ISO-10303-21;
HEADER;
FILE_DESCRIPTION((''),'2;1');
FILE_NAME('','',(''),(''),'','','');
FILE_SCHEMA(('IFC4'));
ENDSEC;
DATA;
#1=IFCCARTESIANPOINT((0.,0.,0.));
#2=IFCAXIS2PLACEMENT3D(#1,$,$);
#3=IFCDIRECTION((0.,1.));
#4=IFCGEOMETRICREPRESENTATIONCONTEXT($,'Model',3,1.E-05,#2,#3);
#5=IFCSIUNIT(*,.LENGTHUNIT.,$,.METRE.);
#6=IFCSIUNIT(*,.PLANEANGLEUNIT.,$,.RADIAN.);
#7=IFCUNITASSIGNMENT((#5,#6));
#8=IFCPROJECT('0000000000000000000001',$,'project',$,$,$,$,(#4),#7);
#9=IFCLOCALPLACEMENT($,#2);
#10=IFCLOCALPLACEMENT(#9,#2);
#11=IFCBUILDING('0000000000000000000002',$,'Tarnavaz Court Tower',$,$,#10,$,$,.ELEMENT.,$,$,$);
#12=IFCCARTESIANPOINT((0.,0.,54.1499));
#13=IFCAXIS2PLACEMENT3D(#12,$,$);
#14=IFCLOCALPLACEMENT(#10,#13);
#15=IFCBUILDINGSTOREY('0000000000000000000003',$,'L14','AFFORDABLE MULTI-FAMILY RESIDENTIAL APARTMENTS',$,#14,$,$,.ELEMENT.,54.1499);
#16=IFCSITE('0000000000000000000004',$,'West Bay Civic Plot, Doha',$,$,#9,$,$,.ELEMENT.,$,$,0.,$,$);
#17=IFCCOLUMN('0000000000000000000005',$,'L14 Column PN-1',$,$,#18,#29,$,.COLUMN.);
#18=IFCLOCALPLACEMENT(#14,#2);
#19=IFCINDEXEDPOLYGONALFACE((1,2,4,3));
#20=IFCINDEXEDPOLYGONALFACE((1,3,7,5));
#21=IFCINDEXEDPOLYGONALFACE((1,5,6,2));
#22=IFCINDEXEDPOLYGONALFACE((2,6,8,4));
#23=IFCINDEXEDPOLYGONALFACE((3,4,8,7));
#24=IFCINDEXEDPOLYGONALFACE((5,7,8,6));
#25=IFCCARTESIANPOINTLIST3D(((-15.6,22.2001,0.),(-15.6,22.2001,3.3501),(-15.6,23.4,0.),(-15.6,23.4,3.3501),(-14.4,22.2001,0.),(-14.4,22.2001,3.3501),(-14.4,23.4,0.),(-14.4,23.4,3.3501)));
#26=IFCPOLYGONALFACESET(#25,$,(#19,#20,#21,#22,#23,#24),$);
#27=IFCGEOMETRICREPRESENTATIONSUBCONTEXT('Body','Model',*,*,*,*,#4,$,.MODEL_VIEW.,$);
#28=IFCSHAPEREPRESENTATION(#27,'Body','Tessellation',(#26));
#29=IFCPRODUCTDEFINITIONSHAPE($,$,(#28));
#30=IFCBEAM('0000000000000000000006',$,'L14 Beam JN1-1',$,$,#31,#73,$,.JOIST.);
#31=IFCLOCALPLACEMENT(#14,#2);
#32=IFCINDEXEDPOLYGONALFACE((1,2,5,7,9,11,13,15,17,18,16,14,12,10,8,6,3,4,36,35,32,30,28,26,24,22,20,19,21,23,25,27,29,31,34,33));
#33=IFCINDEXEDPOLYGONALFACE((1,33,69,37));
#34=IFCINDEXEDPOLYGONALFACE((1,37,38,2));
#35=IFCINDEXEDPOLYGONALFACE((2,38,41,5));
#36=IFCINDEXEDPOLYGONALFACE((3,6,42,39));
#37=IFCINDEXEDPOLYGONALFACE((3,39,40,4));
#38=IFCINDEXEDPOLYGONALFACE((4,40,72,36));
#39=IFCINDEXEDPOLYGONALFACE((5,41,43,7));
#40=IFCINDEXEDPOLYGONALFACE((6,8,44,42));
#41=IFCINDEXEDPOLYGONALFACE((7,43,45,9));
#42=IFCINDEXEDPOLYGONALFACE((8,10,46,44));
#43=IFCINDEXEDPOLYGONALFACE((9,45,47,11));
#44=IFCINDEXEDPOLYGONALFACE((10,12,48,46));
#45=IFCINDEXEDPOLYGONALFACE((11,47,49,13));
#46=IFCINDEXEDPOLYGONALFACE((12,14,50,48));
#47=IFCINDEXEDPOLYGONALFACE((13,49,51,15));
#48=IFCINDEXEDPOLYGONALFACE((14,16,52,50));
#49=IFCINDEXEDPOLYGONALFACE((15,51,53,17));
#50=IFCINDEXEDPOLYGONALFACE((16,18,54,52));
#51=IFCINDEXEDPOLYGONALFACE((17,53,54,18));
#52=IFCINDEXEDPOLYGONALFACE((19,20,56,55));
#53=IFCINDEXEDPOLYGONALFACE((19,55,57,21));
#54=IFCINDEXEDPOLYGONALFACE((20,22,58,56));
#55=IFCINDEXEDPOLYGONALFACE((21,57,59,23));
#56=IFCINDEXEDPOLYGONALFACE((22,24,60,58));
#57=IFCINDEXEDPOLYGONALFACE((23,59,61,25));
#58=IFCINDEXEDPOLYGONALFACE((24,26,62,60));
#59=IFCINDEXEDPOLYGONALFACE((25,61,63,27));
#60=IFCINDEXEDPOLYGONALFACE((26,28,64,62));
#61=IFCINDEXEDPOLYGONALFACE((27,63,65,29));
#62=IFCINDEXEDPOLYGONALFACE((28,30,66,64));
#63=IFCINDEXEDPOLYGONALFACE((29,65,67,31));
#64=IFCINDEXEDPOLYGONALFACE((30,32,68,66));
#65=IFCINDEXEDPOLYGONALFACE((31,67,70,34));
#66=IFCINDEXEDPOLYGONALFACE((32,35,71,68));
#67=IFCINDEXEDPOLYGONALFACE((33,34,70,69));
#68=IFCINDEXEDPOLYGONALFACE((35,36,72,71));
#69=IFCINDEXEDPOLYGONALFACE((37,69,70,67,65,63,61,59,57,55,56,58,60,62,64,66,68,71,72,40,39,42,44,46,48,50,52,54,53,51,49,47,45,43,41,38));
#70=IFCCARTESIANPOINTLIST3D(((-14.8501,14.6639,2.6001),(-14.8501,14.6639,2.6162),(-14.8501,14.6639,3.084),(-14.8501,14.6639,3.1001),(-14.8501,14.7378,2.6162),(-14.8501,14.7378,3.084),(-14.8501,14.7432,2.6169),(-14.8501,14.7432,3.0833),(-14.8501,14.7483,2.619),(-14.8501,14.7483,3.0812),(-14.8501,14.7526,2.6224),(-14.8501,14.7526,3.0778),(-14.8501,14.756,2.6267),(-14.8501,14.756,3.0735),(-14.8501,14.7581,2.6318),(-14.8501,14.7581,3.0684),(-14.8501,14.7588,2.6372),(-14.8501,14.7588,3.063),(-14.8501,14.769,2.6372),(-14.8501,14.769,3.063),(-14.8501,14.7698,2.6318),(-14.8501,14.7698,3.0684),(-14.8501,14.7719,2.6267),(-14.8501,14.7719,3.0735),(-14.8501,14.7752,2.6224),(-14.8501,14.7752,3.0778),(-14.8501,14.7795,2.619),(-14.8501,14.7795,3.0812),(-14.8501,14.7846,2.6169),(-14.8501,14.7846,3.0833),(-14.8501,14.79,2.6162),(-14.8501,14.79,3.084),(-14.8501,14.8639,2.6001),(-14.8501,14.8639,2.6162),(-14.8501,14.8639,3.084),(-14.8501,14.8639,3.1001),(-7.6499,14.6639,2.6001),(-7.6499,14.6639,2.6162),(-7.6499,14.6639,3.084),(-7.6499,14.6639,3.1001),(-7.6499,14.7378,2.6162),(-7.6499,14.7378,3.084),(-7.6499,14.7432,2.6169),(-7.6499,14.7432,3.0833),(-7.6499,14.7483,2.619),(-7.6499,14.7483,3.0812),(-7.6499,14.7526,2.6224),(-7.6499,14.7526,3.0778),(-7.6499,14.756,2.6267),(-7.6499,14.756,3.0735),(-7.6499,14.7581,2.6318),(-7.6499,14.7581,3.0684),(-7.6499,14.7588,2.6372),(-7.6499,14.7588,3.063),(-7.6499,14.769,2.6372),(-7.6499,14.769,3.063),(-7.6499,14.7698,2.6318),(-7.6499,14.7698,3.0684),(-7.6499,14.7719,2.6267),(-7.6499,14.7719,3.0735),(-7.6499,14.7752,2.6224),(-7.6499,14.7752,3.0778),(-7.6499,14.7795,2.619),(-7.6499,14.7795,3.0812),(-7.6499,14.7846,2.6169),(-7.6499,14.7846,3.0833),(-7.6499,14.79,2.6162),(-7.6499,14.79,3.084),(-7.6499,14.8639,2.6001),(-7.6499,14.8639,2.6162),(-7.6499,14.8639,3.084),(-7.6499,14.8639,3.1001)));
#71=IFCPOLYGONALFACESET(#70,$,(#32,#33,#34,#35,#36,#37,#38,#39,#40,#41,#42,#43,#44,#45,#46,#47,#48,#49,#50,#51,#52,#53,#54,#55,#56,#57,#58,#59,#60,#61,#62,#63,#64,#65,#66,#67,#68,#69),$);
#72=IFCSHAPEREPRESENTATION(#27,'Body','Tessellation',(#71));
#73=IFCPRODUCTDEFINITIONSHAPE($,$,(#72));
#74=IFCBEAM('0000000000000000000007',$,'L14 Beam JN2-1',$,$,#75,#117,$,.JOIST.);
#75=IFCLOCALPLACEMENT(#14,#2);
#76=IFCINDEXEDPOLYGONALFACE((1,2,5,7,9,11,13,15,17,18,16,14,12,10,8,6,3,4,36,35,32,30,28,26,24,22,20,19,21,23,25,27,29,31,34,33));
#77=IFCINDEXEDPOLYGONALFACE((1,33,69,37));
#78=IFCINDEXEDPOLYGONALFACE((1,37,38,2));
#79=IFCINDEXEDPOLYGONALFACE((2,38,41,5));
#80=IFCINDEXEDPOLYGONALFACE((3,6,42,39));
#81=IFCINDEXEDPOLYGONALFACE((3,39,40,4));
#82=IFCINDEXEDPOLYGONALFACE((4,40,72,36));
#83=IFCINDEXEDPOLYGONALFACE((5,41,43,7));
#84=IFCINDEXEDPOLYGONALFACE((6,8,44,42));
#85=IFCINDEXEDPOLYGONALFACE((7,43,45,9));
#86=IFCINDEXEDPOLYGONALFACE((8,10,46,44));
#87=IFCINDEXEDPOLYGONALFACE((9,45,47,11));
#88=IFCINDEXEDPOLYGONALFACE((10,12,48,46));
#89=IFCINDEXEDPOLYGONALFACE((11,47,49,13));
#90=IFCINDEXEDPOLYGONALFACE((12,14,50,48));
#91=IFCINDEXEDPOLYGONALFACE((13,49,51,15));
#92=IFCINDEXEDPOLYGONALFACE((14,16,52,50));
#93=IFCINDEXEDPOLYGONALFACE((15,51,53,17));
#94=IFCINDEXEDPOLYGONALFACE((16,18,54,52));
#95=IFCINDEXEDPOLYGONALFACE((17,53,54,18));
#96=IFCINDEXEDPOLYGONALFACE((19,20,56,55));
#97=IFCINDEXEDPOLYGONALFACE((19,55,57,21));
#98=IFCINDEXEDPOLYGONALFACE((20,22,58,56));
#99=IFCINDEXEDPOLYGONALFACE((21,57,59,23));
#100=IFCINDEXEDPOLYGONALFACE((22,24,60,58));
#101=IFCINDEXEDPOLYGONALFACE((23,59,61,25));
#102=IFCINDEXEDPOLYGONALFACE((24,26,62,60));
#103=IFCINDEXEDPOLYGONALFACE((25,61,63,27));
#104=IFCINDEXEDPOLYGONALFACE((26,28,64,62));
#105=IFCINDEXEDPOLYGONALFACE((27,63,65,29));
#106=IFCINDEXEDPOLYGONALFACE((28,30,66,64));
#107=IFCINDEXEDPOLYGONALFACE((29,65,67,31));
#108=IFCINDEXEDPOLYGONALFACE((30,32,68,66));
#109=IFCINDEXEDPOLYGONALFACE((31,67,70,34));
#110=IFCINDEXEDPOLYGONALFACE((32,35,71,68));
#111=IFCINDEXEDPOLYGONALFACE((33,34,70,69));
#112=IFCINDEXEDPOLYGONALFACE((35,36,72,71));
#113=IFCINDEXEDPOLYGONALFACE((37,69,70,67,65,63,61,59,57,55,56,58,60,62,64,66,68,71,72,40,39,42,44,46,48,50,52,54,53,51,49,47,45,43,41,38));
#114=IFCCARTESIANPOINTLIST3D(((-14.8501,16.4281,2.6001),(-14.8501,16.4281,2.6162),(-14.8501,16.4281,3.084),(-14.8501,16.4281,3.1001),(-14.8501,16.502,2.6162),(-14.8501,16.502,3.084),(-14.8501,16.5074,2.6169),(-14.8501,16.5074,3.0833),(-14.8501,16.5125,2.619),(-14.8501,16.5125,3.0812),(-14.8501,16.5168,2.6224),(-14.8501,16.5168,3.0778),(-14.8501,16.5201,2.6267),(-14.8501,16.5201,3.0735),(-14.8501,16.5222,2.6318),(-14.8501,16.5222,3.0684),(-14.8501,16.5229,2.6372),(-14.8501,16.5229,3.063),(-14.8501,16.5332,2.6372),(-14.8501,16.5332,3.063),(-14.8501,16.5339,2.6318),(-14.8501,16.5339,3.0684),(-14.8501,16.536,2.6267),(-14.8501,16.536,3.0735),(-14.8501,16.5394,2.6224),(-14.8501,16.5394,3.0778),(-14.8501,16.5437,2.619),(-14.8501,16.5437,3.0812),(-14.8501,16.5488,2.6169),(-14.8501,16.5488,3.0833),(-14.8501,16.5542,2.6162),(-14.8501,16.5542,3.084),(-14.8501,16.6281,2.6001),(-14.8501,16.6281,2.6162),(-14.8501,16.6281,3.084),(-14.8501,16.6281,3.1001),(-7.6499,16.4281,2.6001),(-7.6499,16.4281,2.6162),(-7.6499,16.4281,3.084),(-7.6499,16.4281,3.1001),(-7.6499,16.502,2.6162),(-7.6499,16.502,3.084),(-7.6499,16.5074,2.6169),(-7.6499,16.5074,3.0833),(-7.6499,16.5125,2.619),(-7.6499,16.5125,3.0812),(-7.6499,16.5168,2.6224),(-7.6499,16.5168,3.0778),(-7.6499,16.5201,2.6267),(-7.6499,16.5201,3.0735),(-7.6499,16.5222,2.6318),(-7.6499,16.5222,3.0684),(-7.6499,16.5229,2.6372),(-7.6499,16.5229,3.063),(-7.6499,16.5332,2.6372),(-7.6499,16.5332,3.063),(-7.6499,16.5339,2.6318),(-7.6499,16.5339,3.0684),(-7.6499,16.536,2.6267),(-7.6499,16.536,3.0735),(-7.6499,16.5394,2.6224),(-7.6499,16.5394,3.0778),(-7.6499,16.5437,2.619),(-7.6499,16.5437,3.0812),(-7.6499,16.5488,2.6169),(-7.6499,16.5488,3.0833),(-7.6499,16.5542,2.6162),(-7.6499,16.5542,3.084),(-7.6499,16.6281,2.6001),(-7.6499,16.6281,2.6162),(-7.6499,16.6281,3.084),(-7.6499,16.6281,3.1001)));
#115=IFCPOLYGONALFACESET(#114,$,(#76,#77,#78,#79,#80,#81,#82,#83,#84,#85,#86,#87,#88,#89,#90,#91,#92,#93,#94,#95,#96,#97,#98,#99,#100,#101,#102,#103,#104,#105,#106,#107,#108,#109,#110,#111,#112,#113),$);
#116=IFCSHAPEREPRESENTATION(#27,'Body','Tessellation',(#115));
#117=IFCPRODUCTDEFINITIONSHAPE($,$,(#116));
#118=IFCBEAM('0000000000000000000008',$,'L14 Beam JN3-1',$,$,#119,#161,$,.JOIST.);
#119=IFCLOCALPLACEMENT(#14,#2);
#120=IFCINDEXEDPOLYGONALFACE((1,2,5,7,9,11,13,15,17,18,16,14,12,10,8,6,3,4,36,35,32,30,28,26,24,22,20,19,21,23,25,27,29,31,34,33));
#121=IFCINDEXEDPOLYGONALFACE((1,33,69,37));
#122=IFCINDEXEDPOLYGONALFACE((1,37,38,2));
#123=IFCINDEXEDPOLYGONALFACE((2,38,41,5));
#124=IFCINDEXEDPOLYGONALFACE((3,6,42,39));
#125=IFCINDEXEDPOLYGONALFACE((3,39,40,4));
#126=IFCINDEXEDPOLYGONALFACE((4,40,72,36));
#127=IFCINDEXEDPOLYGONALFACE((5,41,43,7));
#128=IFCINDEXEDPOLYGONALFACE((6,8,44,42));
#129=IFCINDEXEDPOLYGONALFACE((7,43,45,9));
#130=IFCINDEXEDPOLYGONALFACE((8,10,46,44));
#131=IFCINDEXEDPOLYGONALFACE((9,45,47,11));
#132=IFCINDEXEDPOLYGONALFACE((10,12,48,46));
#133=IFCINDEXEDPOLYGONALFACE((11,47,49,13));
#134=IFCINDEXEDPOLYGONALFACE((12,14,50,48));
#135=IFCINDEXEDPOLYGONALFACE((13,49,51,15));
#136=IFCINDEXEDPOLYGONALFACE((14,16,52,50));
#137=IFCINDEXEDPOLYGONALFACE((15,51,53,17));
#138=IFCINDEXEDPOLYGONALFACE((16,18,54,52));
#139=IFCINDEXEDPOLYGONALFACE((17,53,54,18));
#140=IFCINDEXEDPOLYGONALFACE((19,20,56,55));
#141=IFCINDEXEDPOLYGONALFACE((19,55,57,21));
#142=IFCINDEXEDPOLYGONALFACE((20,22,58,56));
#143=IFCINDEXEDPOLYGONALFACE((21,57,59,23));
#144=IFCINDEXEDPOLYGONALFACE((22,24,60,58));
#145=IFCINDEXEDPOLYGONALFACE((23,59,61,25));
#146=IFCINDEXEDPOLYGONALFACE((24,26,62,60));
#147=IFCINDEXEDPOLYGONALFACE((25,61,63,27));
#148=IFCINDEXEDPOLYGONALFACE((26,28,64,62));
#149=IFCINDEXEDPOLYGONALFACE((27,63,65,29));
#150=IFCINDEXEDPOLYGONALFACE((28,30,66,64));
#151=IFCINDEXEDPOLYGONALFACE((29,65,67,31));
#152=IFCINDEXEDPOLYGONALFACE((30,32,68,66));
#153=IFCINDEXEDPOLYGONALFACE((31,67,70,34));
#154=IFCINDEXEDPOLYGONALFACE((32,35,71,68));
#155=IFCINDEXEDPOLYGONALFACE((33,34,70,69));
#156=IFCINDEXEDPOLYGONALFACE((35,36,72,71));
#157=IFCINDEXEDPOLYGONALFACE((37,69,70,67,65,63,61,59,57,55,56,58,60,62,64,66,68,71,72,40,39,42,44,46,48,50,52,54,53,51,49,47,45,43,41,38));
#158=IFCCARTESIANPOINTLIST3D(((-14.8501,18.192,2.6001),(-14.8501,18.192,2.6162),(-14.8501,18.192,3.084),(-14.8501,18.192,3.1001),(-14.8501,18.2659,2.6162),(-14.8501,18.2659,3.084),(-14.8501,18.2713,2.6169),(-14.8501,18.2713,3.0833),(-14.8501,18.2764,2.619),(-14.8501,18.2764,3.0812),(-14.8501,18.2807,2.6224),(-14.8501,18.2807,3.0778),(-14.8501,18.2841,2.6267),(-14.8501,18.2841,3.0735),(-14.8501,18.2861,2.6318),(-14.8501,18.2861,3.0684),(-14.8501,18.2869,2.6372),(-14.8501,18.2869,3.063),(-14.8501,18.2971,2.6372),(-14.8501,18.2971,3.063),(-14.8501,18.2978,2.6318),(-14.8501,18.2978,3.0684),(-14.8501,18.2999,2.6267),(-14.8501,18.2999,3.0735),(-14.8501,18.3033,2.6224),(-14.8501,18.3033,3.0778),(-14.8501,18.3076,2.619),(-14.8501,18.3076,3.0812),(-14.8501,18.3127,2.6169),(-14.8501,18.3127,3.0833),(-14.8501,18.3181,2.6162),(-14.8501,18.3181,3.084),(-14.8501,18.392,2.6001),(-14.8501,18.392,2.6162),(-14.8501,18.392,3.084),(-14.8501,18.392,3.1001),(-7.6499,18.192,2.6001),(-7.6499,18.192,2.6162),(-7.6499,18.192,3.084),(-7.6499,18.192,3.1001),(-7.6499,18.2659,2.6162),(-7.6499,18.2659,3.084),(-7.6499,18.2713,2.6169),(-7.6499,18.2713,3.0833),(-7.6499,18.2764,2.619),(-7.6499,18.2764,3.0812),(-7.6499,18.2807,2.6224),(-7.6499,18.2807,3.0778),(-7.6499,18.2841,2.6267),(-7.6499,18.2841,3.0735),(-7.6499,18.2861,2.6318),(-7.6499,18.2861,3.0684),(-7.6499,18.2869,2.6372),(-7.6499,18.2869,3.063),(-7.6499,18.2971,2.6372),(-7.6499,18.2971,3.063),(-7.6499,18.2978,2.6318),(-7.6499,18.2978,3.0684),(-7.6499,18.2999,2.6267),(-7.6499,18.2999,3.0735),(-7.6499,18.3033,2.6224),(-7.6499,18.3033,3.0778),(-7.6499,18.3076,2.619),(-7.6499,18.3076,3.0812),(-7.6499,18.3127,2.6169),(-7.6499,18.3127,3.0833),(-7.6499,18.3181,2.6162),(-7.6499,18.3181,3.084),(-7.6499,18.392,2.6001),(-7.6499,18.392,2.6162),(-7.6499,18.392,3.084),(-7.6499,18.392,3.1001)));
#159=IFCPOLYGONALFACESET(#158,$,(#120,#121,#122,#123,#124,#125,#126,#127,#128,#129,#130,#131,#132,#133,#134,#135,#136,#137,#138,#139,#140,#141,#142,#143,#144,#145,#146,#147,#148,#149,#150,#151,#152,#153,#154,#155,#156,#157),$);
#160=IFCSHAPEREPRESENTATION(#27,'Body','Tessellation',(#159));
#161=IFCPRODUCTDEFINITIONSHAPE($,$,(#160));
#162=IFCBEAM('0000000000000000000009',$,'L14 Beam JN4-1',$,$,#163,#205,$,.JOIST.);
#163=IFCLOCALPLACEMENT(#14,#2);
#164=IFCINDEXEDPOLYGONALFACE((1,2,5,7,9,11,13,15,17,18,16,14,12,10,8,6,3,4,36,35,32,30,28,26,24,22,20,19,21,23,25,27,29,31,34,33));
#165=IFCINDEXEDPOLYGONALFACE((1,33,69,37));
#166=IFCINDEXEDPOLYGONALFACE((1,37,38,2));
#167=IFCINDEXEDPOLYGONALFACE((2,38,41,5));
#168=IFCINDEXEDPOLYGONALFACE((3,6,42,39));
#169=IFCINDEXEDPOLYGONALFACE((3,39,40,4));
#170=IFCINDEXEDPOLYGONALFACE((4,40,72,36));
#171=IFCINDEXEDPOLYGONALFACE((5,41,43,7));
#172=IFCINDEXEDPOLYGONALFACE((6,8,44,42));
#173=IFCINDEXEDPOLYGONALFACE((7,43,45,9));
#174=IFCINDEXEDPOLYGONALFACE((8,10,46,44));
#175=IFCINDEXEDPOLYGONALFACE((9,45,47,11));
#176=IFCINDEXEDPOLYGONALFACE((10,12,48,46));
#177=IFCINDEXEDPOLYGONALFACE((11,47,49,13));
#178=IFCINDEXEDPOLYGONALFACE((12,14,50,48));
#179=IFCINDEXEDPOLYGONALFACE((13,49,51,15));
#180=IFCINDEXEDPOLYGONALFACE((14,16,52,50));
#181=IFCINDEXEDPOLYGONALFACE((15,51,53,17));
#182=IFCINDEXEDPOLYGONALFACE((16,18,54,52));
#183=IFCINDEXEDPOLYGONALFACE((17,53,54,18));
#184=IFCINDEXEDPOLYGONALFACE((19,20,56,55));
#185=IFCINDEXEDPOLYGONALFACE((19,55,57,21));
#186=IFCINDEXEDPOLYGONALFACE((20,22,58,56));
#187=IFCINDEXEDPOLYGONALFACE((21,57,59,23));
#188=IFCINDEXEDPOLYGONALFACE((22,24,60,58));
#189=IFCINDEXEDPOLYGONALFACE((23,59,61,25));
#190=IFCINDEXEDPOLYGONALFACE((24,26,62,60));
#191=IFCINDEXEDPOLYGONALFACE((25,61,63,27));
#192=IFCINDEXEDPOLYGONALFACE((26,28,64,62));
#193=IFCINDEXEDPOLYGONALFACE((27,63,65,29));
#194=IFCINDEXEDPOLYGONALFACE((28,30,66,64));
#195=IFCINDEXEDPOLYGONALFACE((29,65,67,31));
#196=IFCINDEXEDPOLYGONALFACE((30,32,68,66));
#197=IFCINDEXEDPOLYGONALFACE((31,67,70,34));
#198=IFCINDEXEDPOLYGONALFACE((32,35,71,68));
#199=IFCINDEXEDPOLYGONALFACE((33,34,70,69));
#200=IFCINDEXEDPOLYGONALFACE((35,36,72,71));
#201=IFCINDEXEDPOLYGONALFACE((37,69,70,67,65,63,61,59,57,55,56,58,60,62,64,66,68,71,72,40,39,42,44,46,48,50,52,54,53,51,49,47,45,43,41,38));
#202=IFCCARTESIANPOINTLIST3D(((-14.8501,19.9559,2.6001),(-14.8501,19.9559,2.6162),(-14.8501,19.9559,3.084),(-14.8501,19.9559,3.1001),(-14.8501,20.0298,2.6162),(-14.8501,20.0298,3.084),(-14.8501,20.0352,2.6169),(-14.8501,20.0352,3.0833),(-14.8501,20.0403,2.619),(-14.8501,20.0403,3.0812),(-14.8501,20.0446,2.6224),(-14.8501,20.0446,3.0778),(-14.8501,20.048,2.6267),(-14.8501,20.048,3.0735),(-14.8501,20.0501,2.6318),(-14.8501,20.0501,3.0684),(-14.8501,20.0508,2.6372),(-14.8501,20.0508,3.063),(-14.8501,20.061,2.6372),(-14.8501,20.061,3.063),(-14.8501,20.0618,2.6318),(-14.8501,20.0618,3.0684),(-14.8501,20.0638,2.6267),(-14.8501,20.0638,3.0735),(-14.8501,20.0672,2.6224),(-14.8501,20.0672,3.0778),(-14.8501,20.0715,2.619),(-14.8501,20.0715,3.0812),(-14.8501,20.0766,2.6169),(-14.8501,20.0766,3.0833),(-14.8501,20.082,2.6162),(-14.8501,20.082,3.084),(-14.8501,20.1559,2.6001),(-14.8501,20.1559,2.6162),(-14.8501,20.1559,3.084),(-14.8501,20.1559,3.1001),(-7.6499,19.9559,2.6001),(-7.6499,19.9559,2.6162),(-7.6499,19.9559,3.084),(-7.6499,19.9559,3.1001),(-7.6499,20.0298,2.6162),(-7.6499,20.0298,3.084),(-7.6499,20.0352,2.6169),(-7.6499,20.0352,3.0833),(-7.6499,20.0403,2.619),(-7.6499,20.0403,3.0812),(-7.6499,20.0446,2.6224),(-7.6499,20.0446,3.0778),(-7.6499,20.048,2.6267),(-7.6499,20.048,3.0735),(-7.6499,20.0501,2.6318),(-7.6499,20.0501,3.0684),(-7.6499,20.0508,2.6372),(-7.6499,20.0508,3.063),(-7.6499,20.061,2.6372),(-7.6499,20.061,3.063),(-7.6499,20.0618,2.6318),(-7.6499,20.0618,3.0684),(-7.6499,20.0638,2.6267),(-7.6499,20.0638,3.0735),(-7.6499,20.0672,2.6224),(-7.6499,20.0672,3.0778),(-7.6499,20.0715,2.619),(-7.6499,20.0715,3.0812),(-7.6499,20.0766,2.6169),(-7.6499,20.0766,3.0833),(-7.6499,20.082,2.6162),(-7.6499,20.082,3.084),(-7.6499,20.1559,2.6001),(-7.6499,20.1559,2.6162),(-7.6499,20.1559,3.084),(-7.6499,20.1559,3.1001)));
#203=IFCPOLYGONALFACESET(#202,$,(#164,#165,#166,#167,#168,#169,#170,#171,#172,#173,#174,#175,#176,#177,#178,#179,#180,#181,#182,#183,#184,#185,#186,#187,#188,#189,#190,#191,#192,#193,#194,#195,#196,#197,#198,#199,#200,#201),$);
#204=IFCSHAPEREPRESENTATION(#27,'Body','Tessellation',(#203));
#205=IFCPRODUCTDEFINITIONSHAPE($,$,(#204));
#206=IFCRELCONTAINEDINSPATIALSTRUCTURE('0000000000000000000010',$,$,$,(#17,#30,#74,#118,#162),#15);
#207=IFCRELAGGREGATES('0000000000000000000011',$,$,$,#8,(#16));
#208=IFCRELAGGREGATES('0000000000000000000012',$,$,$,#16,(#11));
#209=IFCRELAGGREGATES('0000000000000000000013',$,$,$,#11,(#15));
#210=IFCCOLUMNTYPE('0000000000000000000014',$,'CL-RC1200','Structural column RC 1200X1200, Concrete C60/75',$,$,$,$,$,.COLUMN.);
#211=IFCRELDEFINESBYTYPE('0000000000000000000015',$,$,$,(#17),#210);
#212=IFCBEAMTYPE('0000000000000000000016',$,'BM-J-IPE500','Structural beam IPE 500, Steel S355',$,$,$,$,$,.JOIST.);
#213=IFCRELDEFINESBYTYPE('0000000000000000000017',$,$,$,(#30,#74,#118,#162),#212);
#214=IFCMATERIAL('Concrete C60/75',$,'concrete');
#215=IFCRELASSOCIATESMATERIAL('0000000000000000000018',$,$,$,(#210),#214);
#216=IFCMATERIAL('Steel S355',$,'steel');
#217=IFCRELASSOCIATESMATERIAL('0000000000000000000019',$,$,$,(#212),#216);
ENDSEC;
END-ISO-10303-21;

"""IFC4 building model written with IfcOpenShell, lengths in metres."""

from ifc_helpers import new_model, si_unit, direction, frame, origin, origin_2d, place, context, subcontext, project, spatial, rectangle, i_section, extrude, material, material_profile, profile_set, type_object, element, save


model = new_model("IFC4")

# Units and contexts
model_context = context("Model", 3, precision=1e-05, world=origin(), true_north=direction((0.0, 1.0)))
body_context = subcontext(model_context, "Body", "Model", "MODEL_VIEW")
ifc_project = project(units=[si_unit("LENGTHUNIT", "METRE"), si_unit("PLANEANGLEUNIT", "RADIAN")], contexts=[model_context])

# Site, building, storey
site_placement = place(None, origin())
site = spatial("IfcSite", under=ifc_project, at=site_placement, Name="West Bay Civic Plot, Doha", CompositionType="ELEMENT", RefElevation=0.0)
building_placement = place(site_placement, origin())
building = spatial("IfcBuilding", under=site, at=building_placement, Name="Tarnavaz Court Tower", CompositionType="ELEMENT")
storey_placement = place(building_placement, frame((0.0, 0.0, 54.1499)))
storey = spatial("IfcBuildingStorey", under=building, at=storey_placement, Name="L14", Description="AFFORDABLE MULTI-FAMILY RESIDENTIAL APARTMENTS", CompositionType="ELEMENT", Elevation=54.1499)

# Column
ifc_material_1 = material(Name="Concrete C60/75", Category="concrete")
ifc_material_profile_1 = material_profile(ifc_material_1, rectangle(XDim=1.2, YDim=1.2, at=origin_2d()), Name="RC 1200X1200")
ifc_profile_set_1 = profile_set([ifc_material_profile_1], Name="Concrete C60/75")
column_type = type_object("IfcColumnType", Name="CL-RC1200", Description="Structural column RC 1200X1200, Concrete C60/75", PredefinedType="COLUMN", material=ifc_profile_set_1)
column_placement = place(storey_placement, frame((-15.0, 22.8, 0.0), z_axis=(0.0, 0.0, 1.0), x_axis=(1.0, 0.0, 0.0)))
element("IfcColumn", 1, at=column_placement, inside=storey, type_object=column_type, Name="L14 Column PN-1", PredefinedType="COLUMN", context=body_context, shape_type="SweptSolid", body=[
    extrude(rectangle(XDim=1.2, YDim=1.2, at=origin_2d()), origin(), (0.0, 0.0, 1.0), 3.3501),
])

# Beams
ifc_material_2 = material(Name="Steel S355", Category="steel")
ifc_material_profile_2 = material_profile(ifc_material_2, i_section(OverallWidth=0.2, OverallDepth=0.5, WebThickness=0.0103, FlangeThickness=0.0161, FilletRadius=0.021, at=origin_2d()), Name="IPE 500")
ifc_profile_set_2 = profile_set([ifc_material_profile_2], Name="Steel S355")
beam_type_1 = type_object("IfcBeamType", Name="BM-J-IPE500", Description="Structural beam IPE 500, Steel S355", PredefinedType="JOIST", material=ifc_profile_set_2)
for number, where, z_axis, x_axis, name in (
    (2, (-14.8501, 14.7639, 2.8501), (1.0, 0.0, 0.0), (0.0, 1.0, 0.0), "L14 Beam JN1-1"),
    (3, (-14.8501, 16.5281, 2.8501), (1.0, 0.0, 0.0), (0.0, 1.0, 0.0), "L14 Beam JN2-1"),
    (4, (-14.8501, 18.292, 2.8501), (1.0, 0.0, 0.0), (0.0, 1.0, 0.0), "L14 Beam JN3-1"),
    (5, (-14.8501, 20.0559, 2.8501), (1.0, 0.0, 0.0), (0.0, 1.0, 0.0), "L14 Beam JN4-1"),
):
    element("IfcBeam", number, at=place(storey_placement, frame(where, z_axis=z_axis, x_axis=x_axis)), inside=storey, type_object=beam_type_1, Name=name, PredefinedType="JOIST", context=body_context, shape_type="SweptSolid", body=[
        extrude(i_section(OverallWidth=0.2, OverallDepth=0.5, WebThickness=0.0103, FlangeThickness=0.0161, FilletRadius=0.021, at=origin_2d()), origin(), (0.0, 0.0, 1.0), 7.2002),
    ])

save(model, "model.ifc")
